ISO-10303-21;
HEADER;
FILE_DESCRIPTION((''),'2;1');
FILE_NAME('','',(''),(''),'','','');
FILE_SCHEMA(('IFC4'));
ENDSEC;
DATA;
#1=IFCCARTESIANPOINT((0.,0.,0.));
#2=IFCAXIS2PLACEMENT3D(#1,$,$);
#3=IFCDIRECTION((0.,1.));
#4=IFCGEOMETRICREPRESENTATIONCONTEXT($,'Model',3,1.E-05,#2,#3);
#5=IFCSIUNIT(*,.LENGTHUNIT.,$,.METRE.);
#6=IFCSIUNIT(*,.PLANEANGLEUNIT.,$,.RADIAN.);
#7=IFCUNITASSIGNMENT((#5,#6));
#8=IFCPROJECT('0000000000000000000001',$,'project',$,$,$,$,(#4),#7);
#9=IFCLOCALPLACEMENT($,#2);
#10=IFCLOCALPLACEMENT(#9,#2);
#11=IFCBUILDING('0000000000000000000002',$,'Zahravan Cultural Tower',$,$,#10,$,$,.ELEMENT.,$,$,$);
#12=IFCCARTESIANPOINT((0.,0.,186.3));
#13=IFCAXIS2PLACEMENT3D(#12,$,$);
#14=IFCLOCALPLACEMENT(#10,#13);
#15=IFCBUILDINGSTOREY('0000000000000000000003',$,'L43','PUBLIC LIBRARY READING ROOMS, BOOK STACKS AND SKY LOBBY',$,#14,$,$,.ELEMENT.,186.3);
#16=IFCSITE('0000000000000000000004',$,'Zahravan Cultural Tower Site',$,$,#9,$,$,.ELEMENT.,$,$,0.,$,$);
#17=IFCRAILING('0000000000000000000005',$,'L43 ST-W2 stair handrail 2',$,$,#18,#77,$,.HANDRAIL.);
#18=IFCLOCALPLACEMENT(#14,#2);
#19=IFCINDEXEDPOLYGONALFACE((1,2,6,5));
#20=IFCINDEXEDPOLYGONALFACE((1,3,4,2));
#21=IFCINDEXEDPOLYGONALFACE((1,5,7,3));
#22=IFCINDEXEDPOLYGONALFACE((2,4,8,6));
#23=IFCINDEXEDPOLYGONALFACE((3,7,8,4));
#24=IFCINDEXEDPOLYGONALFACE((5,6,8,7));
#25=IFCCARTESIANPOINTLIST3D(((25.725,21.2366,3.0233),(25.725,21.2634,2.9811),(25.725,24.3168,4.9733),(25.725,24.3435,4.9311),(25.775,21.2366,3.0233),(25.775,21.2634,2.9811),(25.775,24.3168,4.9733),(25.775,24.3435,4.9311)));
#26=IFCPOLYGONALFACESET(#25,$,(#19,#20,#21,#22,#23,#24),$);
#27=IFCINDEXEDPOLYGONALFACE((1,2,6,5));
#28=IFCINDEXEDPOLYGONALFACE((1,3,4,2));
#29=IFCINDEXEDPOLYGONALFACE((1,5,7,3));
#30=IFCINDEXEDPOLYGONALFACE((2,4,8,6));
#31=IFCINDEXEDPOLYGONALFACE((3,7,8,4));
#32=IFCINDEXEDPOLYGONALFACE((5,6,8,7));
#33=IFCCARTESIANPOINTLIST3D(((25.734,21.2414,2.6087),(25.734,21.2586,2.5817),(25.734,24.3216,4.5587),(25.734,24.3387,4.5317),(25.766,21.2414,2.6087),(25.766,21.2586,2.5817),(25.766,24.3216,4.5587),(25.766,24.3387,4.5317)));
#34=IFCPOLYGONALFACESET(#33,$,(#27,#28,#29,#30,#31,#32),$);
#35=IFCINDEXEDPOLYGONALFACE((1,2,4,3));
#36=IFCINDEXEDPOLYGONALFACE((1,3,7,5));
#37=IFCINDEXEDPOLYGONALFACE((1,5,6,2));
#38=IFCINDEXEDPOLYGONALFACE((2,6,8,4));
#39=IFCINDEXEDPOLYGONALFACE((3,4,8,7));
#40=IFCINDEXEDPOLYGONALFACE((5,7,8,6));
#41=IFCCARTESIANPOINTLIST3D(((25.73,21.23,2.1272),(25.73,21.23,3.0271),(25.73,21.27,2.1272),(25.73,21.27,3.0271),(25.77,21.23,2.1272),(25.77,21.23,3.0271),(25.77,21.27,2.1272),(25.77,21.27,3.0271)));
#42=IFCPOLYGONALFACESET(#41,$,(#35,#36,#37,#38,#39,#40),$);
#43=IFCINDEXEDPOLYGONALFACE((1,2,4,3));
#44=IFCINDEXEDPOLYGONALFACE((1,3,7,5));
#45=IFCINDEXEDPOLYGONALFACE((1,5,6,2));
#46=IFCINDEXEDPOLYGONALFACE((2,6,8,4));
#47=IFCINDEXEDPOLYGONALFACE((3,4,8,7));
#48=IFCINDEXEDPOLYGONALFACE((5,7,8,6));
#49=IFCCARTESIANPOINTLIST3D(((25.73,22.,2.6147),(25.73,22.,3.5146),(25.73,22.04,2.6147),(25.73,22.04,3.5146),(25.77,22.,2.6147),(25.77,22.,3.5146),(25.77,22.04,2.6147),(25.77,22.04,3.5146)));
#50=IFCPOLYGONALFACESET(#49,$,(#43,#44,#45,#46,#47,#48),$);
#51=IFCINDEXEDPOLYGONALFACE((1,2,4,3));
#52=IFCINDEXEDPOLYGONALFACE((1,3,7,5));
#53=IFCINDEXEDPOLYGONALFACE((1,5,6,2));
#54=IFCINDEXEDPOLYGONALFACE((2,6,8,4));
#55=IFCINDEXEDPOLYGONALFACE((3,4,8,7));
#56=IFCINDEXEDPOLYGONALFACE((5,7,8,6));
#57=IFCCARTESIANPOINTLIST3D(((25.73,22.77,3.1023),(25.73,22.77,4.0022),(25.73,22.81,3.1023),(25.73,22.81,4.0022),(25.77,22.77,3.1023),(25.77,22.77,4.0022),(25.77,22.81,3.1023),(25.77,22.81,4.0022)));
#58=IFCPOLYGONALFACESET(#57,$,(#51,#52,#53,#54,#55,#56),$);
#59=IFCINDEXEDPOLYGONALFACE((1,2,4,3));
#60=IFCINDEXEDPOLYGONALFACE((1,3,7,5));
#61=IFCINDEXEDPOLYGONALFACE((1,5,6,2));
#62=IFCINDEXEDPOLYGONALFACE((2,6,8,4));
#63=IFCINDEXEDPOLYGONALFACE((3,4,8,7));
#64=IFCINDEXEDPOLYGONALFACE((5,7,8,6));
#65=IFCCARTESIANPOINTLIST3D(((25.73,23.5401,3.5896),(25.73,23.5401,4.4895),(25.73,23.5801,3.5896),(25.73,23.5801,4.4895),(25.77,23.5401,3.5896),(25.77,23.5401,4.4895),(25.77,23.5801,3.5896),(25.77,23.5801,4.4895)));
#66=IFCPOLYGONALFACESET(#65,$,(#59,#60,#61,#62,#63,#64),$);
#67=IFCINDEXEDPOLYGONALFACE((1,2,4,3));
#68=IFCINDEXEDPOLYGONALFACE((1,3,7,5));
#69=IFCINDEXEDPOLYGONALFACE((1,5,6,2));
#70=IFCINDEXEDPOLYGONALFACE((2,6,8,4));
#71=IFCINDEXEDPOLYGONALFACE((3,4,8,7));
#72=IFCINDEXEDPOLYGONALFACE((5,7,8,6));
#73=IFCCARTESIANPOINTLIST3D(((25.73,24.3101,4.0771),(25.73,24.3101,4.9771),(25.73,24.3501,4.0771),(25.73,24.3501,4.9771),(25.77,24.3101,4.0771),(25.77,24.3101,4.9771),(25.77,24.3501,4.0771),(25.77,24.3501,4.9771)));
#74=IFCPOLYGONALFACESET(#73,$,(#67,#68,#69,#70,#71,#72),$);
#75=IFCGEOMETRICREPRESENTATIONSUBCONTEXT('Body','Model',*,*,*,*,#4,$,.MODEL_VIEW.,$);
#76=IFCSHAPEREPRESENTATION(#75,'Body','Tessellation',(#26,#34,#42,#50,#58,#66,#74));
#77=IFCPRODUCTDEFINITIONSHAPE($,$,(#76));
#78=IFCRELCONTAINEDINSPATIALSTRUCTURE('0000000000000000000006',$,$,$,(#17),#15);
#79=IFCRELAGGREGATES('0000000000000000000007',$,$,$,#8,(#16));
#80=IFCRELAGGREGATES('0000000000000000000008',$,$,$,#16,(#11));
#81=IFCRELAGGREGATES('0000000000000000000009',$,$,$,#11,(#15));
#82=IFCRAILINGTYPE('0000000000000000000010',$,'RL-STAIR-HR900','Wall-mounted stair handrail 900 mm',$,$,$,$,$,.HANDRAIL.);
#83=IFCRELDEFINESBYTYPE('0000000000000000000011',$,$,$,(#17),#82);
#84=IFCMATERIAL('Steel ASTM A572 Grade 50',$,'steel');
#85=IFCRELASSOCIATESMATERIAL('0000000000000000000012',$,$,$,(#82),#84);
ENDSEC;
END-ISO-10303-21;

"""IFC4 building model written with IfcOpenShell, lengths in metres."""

from ifc_helpers import new_model, si_unit, direction, frame, origin, origin_2d, place, context, subcontext, project, spatial, rectangle, extrude, material, type_object, element, save


model = new_model("IFC4")

# Units and contexts
model_context = context("Model", 3, precision=1e-05, world=origin(), true_north=direction((0.0, 1.0)))
body_context = subcontext(model_context, "Body", "Model", "MODEL_VIEW")
ifc_project = project(units=[si_unit("LENGTHUNIT", "METRE"), si_unit("PLANEANGLEUNIT", "RADIAN")], contexts=[model_context])

# Site, building, storey
site_placement = place(None, origin())
site = spatial("IfcSite", under=ifc_project, at=site_placement, Name="Zahravan Cultural Tower Site", CompositionType="ELEMENT", RefElevation=0.0)
building_placement = place(site_placement, origin())
building = spatial("IfcBuilding", under=site, at=building_placement, Name="Zahravan Cultural Tower", CompositionType="ELEMENT")
storey_placement = place(building_placement, frame((0.0, 0.0, 186.3)))
storey = spatial("IfcBuildingStorey", under=building, at=storey_placement, Name="L43", Description="PUBLIC LIBRARY READING ROOMS, BOOK STACKS AND SKY LOBBY", CompositionType="ELEMENT", Elevation=186.3)

# Shared definitions
ifc_material_1 = material(Name="Steel ASTM A572 Grade 50", Category="steel")

# Railing
railing_type_1 = type_object("IfcRailingType", Name="RL-STAIR-HR900", Description="Wall-mounted stair handrail 900 mm", PredefinedType="HANDRAIL", material=ifc_material_1)
railing_1_placement = place(storey_placement, frame((25.75, 21.25, 2.1272)))
element("IfcRailing", 1, at=railing_1_placement, inside=storey, type_object=railing_type_1, Name="L43 ST-W2 stair handrail 2", PredefinedType="HANDRAIL", context=body_context, shape_type="SweptSolid", body=[
    extrude(rectangle(XDim=0.05, YDim=0.05, at=origin_2d()), frame((0.0, 0.0, 0.875), z_axis=(0.0, 0.844914, 0.534902), x_axis=(-1.0, 0.0, 0.0)), (0.0, 0.0, 1.0), 3.6455),
    extrude(rectangle(XDim=0.032, YDim=0.032, at=origin_2d()), frame((0.0, 0.0, 0.468), z_axis=(0.0, 0.844914, 0.534902), x_axis=(-1.0, 0.0, 0.0)), (0.0, 0.0, 1.0), 3.6455),
    extrude(rectangle(XDim=0.04, YDim=0.04, at=origin_2d()), origin(), (0.0, 0.0, 1.0), 0.8999),
    extrude(rectangle(XDim=0.04, YDim=0.04, at=origin_2d()), frame((0.0, 0.77, 0.4875)), (0.0, 0.0, 1.0), 0.8999),
    extrude(rectangle(XDim=0.04, YDim=0.04, at=origin_2d()), frame((0.0, 1.54, 0.9751)), (0.0, 0.0, 1.0), 0.8999),
    extrude(rectangle(XDim=0.04, YDim=0.04, at=origin_2d()), frame((0.0, 2.3101, 1.4624)), (0.0, 0.0, 1.0), 0.8999),
    extrude(rectangle(XDim=0.04, YDim=0.04, at=origin_2d()), frame((0.0, 3.0801, 1.95)), (0.0, 0.0, 1.0), 0.8999),
])

save(model, "model.ifc")
